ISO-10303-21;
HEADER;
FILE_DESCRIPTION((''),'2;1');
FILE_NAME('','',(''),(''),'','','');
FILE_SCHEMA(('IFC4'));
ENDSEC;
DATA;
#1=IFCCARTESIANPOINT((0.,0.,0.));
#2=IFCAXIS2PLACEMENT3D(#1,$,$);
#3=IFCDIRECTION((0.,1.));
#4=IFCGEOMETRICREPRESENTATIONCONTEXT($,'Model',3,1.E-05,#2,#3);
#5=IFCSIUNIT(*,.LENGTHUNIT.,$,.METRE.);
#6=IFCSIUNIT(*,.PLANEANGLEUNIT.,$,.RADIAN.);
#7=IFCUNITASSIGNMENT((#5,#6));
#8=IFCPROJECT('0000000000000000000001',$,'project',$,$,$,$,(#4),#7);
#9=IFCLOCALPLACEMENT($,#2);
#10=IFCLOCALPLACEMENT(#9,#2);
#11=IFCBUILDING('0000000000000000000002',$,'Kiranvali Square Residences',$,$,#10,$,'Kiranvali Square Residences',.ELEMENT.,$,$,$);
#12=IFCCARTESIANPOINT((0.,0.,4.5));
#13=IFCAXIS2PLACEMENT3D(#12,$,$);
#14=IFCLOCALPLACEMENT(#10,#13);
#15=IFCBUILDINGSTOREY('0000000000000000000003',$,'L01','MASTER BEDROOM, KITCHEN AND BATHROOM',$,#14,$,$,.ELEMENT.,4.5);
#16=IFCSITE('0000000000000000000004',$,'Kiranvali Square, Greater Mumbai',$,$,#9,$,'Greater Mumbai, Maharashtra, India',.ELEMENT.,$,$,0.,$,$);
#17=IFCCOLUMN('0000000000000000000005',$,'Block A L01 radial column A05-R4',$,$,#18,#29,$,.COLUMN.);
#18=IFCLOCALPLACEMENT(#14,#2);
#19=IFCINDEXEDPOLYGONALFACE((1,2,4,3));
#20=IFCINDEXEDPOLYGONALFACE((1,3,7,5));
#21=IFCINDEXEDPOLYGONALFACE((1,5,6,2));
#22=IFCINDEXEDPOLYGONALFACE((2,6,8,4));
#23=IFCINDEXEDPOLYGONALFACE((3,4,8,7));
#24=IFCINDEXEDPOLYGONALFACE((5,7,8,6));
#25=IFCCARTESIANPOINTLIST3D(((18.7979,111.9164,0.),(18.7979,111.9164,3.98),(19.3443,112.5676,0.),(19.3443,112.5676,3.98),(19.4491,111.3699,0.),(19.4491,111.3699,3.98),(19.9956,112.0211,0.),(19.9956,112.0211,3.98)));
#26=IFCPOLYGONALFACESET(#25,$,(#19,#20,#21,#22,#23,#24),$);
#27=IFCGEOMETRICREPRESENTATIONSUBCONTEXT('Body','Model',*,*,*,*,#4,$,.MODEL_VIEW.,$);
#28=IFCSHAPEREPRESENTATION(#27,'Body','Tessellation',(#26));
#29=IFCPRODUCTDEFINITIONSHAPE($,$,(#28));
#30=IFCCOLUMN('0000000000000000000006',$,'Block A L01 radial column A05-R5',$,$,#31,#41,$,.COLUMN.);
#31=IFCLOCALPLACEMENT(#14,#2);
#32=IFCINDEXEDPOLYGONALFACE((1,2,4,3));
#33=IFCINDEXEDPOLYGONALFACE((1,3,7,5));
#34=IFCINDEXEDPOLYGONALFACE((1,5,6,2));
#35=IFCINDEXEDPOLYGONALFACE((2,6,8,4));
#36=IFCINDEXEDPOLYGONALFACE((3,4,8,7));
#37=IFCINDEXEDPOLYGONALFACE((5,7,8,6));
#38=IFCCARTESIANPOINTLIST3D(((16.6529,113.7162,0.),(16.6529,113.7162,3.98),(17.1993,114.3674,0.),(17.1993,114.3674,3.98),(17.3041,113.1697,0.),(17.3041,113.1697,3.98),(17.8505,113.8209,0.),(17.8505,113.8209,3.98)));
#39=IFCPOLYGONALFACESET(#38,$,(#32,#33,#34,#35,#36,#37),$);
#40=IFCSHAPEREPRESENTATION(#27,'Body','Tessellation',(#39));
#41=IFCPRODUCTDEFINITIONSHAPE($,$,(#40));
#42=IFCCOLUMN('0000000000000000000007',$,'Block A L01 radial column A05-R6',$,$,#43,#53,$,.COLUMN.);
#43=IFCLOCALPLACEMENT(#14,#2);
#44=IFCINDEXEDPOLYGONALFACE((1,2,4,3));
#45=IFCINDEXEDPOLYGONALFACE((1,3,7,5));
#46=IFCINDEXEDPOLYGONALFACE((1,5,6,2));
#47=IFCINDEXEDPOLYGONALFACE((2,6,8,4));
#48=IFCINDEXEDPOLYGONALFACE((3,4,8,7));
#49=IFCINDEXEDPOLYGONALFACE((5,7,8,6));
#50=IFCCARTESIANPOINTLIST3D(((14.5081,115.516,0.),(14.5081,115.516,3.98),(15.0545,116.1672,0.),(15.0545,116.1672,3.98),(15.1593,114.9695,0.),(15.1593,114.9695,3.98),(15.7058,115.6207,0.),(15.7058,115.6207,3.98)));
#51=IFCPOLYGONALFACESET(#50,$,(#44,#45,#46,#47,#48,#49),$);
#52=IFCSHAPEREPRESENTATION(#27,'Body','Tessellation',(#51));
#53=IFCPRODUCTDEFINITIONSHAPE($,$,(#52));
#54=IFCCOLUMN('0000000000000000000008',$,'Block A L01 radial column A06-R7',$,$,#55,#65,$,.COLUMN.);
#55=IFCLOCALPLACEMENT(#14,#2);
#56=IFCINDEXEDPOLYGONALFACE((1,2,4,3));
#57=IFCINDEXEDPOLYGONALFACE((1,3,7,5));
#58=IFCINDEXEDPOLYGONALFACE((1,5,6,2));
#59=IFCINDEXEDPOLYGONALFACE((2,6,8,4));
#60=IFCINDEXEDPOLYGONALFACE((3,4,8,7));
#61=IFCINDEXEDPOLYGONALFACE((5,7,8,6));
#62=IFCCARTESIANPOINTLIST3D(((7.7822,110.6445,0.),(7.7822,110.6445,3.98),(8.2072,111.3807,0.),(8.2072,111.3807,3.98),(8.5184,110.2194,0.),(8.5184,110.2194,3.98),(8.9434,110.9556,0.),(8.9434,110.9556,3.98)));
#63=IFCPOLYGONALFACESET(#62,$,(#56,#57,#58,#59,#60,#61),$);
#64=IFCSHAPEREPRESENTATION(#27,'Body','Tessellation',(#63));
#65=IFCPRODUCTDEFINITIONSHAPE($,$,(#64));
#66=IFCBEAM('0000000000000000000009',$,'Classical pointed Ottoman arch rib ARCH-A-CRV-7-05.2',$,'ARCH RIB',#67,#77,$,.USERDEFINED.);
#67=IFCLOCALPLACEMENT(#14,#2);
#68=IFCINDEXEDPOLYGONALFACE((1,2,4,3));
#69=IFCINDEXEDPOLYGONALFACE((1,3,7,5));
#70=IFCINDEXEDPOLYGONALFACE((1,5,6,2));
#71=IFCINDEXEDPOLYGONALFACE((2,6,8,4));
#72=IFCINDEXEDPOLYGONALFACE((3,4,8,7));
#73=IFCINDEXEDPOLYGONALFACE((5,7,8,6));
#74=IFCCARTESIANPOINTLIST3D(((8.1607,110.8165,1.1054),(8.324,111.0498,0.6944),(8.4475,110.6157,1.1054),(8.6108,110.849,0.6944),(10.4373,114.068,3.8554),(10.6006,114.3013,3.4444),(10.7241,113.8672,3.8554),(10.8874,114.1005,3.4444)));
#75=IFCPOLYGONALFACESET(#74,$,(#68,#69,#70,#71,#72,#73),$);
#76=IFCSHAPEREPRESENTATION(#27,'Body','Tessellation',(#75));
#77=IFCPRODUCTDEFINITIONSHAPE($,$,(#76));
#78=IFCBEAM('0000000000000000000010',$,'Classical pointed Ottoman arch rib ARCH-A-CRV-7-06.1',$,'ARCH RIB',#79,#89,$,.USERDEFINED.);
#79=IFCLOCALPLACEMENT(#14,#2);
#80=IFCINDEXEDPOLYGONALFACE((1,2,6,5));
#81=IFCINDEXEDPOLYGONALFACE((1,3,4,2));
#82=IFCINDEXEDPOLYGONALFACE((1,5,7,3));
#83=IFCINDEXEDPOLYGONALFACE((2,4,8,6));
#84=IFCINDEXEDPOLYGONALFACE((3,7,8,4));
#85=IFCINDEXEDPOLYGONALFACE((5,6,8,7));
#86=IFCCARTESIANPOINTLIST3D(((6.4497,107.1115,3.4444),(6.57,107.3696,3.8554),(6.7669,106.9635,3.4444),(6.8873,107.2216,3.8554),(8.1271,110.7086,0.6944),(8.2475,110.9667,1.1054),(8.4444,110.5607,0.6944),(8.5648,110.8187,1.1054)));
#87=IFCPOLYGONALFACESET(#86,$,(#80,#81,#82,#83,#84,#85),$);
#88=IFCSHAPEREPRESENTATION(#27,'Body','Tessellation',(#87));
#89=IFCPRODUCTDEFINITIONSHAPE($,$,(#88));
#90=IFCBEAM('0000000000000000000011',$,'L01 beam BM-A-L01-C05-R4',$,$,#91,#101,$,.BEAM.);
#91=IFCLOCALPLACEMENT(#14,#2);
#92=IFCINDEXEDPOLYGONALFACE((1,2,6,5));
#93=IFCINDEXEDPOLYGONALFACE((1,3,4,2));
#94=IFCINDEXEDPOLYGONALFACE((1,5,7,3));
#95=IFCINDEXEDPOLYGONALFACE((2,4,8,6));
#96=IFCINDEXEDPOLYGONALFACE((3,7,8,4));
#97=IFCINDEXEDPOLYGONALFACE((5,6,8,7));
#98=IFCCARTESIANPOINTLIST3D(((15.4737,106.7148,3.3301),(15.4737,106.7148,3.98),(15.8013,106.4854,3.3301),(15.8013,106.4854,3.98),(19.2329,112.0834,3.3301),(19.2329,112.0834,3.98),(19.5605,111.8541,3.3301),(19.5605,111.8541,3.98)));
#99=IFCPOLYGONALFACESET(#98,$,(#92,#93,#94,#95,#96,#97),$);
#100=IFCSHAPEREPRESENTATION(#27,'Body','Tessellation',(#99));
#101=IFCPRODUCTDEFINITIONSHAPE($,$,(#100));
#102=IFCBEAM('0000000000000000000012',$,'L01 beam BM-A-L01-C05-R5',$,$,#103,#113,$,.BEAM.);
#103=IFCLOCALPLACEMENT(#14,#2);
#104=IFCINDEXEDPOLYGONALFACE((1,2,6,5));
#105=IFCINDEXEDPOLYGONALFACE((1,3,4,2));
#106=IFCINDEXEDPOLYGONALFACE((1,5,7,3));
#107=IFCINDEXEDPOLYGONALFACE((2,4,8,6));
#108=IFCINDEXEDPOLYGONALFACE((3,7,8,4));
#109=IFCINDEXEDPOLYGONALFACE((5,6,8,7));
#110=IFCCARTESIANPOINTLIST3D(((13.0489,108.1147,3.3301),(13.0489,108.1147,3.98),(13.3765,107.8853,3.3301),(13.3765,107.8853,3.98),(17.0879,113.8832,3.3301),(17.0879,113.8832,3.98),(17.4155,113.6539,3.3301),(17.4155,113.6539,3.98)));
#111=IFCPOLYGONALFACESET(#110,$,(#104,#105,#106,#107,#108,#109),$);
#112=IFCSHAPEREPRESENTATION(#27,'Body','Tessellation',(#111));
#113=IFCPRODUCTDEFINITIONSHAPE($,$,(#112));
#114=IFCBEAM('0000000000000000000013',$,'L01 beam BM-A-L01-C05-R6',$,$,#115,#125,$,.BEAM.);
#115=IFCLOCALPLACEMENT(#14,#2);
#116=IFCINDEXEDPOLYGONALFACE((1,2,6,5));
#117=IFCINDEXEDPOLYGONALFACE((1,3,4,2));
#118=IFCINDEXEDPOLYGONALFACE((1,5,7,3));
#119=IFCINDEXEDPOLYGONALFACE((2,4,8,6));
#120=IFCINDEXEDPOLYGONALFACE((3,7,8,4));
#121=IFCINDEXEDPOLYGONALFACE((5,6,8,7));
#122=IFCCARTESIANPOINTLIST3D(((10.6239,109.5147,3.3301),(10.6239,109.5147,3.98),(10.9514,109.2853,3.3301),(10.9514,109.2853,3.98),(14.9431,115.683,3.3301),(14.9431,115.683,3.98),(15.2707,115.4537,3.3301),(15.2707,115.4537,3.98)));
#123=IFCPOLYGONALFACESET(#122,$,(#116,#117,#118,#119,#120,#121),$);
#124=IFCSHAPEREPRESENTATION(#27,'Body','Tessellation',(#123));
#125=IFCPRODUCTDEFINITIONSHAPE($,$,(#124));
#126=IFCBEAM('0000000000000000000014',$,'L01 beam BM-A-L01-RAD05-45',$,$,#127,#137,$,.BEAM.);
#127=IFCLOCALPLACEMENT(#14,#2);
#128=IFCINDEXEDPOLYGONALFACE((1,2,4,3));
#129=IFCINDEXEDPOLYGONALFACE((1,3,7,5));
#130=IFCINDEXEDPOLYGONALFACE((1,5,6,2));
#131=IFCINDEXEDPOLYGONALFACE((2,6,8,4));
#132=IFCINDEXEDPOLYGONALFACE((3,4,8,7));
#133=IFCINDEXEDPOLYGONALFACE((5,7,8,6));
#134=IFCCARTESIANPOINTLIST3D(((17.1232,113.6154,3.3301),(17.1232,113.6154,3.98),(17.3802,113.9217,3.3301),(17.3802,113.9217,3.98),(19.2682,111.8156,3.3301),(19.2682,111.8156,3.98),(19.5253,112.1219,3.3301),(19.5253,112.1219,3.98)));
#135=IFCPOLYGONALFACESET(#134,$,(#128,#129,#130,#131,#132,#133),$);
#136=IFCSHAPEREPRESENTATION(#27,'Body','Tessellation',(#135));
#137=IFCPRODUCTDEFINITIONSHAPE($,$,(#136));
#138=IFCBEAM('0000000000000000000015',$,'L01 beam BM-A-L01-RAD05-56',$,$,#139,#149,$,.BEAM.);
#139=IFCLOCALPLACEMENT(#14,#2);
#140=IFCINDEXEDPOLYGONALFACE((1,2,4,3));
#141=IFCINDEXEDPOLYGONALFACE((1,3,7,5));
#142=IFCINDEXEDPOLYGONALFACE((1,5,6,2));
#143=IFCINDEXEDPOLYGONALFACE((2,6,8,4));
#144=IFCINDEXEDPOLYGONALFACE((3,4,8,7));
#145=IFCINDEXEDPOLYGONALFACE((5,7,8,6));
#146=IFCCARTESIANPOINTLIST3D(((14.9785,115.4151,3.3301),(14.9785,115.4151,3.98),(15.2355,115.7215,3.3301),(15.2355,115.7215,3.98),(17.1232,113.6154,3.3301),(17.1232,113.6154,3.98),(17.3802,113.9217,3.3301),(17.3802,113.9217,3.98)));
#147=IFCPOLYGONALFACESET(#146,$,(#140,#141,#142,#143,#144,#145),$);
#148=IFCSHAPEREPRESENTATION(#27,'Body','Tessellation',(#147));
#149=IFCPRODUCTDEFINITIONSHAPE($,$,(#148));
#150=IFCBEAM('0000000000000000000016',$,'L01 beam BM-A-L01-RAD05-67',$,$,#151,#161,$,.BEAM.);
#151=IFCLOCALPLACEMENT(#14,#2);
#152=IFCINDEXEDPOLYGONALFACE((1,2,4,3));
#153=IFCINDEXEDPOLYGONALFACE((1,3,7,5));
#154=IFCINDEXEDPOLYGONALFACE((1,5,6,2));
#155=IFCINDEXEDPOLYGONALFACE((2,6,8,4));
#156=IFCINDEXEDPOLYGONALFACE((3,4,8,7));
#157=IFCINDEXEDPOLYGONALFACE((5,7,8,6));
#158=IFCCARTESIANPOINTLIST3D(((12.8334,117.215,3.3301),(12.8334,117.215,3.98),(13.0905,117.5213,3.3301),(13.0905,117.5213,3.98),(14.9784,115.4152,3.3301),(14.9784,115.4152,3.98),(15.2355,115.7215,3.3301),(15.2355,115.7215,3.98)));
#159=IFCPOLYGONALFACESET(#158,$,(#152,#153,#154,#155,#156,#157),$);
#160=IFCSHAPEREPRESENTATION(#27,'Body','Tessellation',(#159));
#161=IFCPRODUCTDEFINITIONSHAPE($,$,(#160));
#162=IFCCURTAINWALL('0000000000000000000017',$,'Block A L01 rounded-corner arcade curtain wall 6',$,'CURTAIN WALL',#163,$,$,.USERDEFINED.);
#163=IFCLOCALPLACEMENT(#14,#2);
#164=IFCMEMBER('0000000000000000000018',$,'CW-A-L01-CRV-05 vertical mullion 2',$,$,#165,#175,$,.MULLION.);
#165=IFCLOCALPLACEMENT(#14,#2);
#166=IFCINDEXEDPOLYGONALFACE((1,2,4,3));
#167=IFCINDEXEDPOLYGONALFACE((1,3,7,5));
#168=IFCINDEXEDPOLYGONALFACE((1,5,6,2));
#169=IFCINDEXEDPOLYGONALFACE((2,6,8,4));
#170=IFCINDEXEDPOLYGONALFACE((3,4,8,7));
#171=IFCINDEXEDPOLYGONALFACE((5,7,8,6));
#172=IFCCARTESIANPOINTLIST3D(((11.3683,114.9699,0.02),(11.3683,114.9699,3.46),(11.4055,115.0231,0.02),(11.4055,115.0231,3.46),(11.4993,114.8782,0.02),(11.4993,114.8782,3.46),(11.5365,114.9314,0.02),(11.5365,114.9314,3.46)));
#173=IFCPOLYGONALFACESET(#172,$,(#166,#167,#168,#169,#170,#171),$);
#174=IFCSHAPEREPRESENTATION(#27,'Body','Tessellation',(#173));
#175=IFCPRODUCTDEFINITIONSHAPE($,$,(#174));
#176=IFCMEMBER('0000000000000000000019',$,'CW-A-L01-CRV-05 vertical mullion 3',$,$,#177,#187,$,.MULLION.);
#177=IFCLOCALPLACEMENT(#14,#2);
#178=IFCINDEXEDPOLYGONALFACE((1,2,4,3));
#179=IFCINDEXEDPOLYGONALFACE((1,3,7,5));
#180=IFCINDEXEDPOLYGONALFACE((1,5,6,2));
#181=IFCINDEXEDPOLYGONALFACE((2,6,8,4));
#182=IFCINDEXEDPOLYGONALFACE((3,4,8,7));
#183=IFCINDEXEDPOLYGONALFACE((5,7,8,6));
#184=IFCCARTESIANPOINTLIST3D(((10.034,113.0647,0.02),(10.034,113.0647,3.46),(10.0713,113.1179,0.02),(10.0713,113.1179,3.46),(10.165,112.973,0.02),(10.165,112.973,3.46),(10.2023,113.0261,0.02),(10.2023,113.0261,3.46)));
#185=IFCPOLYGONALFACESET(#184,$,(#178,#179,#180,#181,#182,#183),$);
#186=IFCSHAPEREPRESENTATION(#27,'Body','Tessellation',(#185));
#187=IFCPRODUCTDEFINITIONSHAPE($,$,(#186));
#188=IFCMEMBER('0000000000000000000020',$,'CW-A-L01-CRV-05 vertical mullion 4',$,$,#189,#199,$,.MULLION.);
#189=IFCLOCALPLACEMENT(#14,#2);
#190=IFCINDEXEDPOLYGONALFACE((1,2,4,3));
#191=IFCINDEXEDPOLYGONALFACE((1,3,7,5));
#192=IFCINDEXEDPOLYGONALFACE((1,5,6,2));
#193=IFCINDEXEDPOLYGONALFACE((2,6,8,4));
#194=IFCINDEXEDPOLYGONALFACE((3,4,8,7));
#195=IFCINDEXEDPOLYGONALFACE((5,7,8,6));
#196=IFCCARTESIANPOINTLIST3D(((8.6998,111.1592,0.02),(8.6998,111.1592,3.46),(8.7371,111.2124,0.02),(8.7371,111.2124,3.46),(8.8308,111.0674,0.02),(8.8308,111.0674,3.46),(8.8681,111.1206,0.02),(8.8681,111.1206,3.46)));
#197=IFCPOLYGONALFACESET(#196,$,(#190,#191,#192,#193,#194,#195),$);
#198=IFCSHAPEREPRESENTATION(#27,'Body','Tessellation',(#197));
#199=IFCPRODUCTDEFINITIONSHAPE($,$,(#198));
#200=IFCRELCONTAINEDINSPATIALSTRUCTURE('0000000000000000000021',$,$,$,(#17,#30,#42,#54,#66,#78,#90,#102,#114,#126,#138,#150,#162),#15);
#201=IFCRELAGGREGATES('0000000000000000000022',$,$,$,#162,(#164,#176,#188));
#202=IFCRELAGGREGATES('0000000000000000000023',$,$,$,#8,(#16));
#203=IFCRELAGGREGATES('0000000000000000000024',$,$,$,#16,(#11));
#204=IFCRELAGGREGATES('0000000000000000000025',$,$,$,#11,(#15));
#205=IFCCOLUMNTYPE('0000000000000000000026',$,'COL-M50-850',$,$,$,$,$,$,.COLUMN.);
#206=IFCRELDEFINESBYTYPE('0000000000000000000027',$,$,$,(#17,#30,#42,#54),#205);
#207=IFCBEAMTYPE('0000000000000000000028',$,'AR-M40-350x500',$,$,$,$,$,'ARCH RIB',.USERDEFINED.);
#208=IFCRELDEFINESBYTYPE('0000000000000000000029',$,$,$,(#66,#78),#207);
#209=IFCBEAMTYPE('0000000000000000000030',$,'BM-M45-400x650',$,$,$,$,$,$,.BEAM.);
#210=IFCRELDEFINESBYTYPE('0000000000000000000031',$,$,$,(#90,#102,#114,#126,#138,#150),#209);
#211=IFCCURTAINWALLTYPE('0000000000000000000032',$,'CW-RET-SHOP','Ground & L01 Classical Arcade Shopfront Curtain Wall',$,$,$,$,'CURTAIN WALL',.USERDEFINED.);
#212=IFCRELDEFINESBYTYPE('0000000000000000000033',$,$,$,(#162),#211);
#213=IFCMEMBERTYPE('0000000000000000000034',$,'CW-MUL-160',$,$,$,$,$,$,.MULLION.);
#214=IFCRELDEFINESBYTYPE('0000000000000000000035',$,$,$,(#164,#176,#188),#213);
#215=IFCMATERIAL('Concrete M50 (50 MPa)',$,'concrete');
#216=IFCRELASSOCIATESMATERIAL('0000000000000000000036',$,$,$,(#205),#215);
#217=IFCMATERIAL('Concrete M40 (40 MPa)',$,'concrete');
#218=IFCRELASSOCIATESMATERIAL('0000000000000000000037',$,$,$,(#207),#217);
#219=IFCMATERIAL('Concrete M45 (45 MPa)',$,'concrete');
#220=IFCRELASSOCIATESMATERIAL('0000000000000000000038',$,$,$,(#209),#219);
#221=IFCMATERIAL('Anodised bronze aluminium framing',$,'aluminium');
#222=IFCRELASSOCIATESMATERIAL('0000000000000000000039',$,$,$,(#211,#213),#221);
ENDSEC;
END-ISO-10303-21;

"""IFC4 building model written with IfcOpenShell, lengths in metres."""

from ifc_helpers import new_model, si_unit, direction, frame, origin, origin_2d, place, context, subcontext, project, spatial, rectangle, extrude, material, material_profile, profile_set, type_object, element, aggregate, save


model = new_model("IFC4")

# Units and contexts
model_context = context("Model", 3, precision=1e-05, world=origin(), true_north=direction((0.0, 1.0)))
body_context = subcontext(model_context, "Body", "Model", "MODEL_VIEW")
ifc_project = project(units=[si_unit("LENGTHUNIT", "METRE"), si_unit("PLANEANGLEUNIT", "RADIAN")], contexts=[model_context])

# Site, building, storey
site_placement = place(None, origin())
site = spatial("IfcSite", under=ifc_project, at=site_placement, Name="Kiranvali Square, Greater Mumbai", LongName="Greater Mumbai, Maharashtra, India", CompositionType="ELEMENT", RefElevation=0.0)
building_placement = place(site_placement, origin())
building = spatial("IfcBuilding", under=site, at=building_placement, Name="Kiranvali Square Residences", LongName="Kiranvali Square Residences", CompositionType="ELEMENT")
storey_placement = place(building_placement, frame((0.0, 0.0, 4.5)))
storey = spatial("IfcBuildingStorey", under=building, at=storey_placement, Name="L01", Description="MASTER BEDROOM, KITCHEN AND BATHROOM", CompositionType="ELEMENT", Elevation=4.5)

# Columns
ifc_material_1 = material(Name="Concrete M50 (50 MPa)", Category="concrete")
ifc_material_profile_1 = material_profile(ifc_material_1, rectangle(XDim=0.8501, YDim=0.8501, at=origin_2d()), Name="RC 850x850")
ifc_profile_set_1 = profile_set([ifc_material_profile_1], Name="Concrete M50 (50 MPa)")
column_type = type_object("IfcColumnType", Name="COL-M50-850", PredefinedType="COLUMN", material=ifc_profile_set_1)
for number, where, z_axis, x_axis, name in (
    (1, (19.3967, 111.9688, 0.0), (0.0, 0.0, 1.0), (0.642788, 0.766044, 0.0), "Block A L01 radial column A05-R4"),
    (2, (17.2517, 113.7686, 0.0), (0.0, 0.0, 1.0), (0.642788, 0.766044, 0.0), "Block A L01 radial column A05-R5"),
    (3, (15.1069, 115.5684, 0.0), (0.0, 0.0, 1.0), (0.642788, 0.766044, 0.0), "Block A L01 radial column A05-R6"),
    (4, (8.3628, 110.8, 0.0), (0.0, 0.0, 1.0), (0.5, 0.866025, 0.0), "Block A L01 radial column A06-R7"),
):
    element("IfcColumn", number, at=place(storey_placement, frame(where, z_axis=z_axis, x_axis=x_axis)), inside=storey, type_object=column_type, Name=name, PredefinedType="COLUMN", context=body_context, shape_type="SweptSolid", body=[
        extrude(rectangle(XDim=0.8501, YDim=0.8501, at=origin_2d()), origin(), (0.0, 0.0, 1.0), 3.98),
    ])

# Beams
ifc_material_2 = material(Name="Concrete M40 (40 MPa)", Category="concrete")
ifc_material_profile_2 = material_profile(ifc_material_2, rectangle(XDim=0.3501, YDim=0.5, at=origin_2d()), Name="RC 350x500")
ifc_profile_set_2 = profile_set([ifc_material_profile_2], Name="Concrete M40 (40 MPa)")
beam_type_1 = type_object("IfcBeamType", Name="AR-M40-350x500", ElementType="ARCH RIB", PredefinedType="USERDEFINED", material=ifc_profile_set_2)
beam_1_placement = place(storey_placement, frame((10.6624, 114.0842, 3.6499), z_axis=(-0.471463, -0.673346, -0.569498), x_axis=(0.819163, -0.573561, 0.0)))
element("IfcBeam", 5, at=beam_1_placement, inside=storey, type_object=beam_type_1, Name="Classical pointed Ottoman arch rib ARCH-A-CRV-7-05.2", ObjectType="ARCH RIB", PredefinedType="USERDEFINED", context=body_context, shape_type="SweptSolid", body=[
    extrude(rectangle(XDim=0.3501, YDim=0.5, at=origin_2d()), origin(), (0.0, 0.0, 1.0), 4.8289),
])
beam_2_placement = place(storey_placement, frame((8.3459, 110.7637, 0.8999), z_axis=(-0.347402, -0.74496, 0.569515), x_axis=(0.906298, -0.42264, 0.0)))
element("IfcBeam", 6, at=beam_2_placement, inside=storey, type_object=beam_type_1, Name="Classical pointed Ottoman arch rib ARCH-A-CRV-7-06.1", ObjectType="ARCH RIB", PredefinedType="USERDEFINED", context=body_context, shape_type="SweptSolid", body=[
    extrude(rectangle(XDim=0.3501, YDim=0.5, at=origin_2d()), origin(), (0.0, 0.0, 1.0), 4.8286),
])
ifc_material_3 = material(Name="Concrete M45 (45 MPa)", Category="concrete")
ifc_material_profile_3 = material_profile(ifc_material_3, rectangle(XDim=0.3999, YDim=0.6499, at=origin_2d()), Name="RC 400x650")
ifc_profile_set_3 = profile_set([ifc_material_profile_3], Name="Concrete M45 (45 MPa)")
beam_type_2 = type_object("IfcBeamType", Name="BM-M45-400x650", PredefinedType="BEAM", material=ifc_profile_set_3)
beam_3_placement = place(storey_placement, frame((19.3967, 111.9688, 3.655), z_axis=(-0.573587, -0.819144, 0.0), x_axis=(0.819144, -0.573587, 0.0)))
element("IfcBeam", 7, at=beam_3_placement, inside=storey, type_object=beam_type_2, Name="L01 beam BM-A-L01-C05-R4", PredefinedType="BEAM", context=body_context, shape_type="SweptSolid", body=[
    extrude(rectangle(XDim=0.3999, YDim=0.6499, at=origin_2d()), origin(), (0.0, 0.0, 1.0), 6.554),
])
beam_4_placement = place(storey_placement, frame((17.2517, 113.7686, 3.655), z_axis=(-0.573565, -0.81916, 0.0), x_axis=(0.81916, -0.573565, 0.0)))
element("IfcBeam", 8, at=beam_4_placement, inside=storey, type_object=beam_type_2, Name="L01 beam BM-A-L01-C05-R5", PredefinedType="BEAM", context=body_context, shape_type="SweptSolid", body=[
    extrude(rectangle(XDim=0.3999, YDim=0.6499, at=origin_2d()), origin(), (0.0, 0.0, 1.0), 7.042),
])
beam_5_placement = place(storey_placement, frame((15.1069, 115.5684, 3.655), z_axis=(-0.573589, -0.819144, 0.0), x_axis=(0.819144, -0.573589, 0.0)))
element("IfcBeam", 9, at=beam_5_placement, inside=storey, type_object=beam_type_2, Name="L01 beam BM-A-L01-C05-R6", PredefinedType="BEAM", context=body_context, shape_type="SweptSolid", body=[
    extrude(rectangle(XDim=0.3999, YDim=0.6499, at=origin_2d()), origin(), (0.0, 0.0, 1.0), 7.5303),
])
beam_6_placement = place(storey_placement, frame((19.3967, 111.9688, 3.655), z_axis=(-0.766059, 0.642771, 0.0), x_axis=(-0.642771, -0.766059, 0.0)))
element("IfcBeam", 10, at=beam_6_placement, inside=storey, type_object=beam_type_2, Name="L01 beam BM-A-L01-RAD05-45", PredefinedType="BEAM", context=body_context, shape_type="SweptSolid", body=[
    extrude(rectangle(XDim=0.3999, YDim=0.6499, at=origin_2d()), origin(), (0.0, 0.0, 1.0), 2.8),
])
beam_7_placement = place(storey_placement, frame((17.2517, 113.7686, 3.655), z_axis=(-0.766023, 0.642814, 0.0), x_axis=(-0.642814, -0.766023, 0.0)))
element("IfcBeam", 11, at=beam_7_placement, inside=storey, type_object=beam_type_2, Name="L01 beam BM-A-L01-RAD05-56", PredefinedType="BEAM", context=body_context, shape_type="SweptSolid", body=[
    extrude(rectangle(XDim=0.3999, YDim=0.6499, at=origin_2d()), origin(), (0.0, 0.0, 1.0), 2.7998),
])
beam_8_placement = place(storey_placement, frame((15.1069, 115.5684, 3.655), z_axis=(-0.766059, 0.642771, 0.0), x_axis=(-0.642771, -0.766059, 0.0)))
element("IfcBeam", 12, at=beam_8_placement, inside=storey, type_object=beam_type_2, Name="L01 beam BM-A-L01-RAD05-67", PredefinedType="BEAM", context=body_context, shape_type="SweptSolid", body=[
    extrude(rectangle(XDim=0.3999, YDim=0.6499, at=origin_2d()), origin(), (0.0, 0.0, 1.0), 2.8),
])

# Curtain wall, members
ifc_material_4 = material(Name="Anodised bronze aluminium framing", Category="aluminium")
curtain_wall_type = type_object("IfcCurtainWallType", Name="CW-RET-SHOP", Description="Ground & L01 Classical Arcade Shopfront Curtain Wall", ElementType="CURTAIN WALL", PredefinedType="USERDEFINED", material=ifc_material_4)
curtain_wall_1_placement = place(storey_placement, origin())
curtain_wall_1 = element("IfcCurtainWall", 13, at=curtain_wall_1_placement, inside=storey, type_object=curtain_wall_type, Name="Block A L01 rounded-corner arcade curtain wall 6", ObjectType="CURTAIN WALL", PredefinedType="USERDEFINED")
ifc_material_profile_4 = material_profile(ifc_material_4, rectangle(XDim=0.0649, YDim=0.1599, at=origin_2d()), Name="ALU 65x160")
ifc_profile_set_4 = profile_set([ifc_material_profile_4], Name="Anodised bronze aluminium framing")
member_type_1 = type_object("IfcMemberType", Name="CW-MUL-160", PredefinedType="MULLION", material=ifc_profile_set_4)
member_1_placement = place(storey_placement, frame((11.4524, 114.9507, 0.02), z_axis=(0.0, 0.0, 1.0), x_axis=(-0.573576, -0.819152, 0.0)))
member_1 = element("IfcMember", 14, at=member_1_placement, type_object=member_type_1, Name="CW-A-L01-CRV-05 vertical mullion 2", PredefinedType="MULLION", context=body_context, shape_type="SweptSolid", body=[
    extrude(rectangle(XDim=0.0649, YDim=0.1599, at=origin_2d()), origin(), (0.0, 0.0, 1.0), 3.4399),
])
member_2_placement = place(storey_placement, frame((10.1182, 113.0454, 0.02), z_axis=(0.0, 0.0, 1.0), x_axis=(-0.573576, -0.819152, 0.0)))
member_2 = element("IfcMember", 15, at=member_2_placement, type_object=member_type_1, Name="CW-A-L01-CRV-05 vertical mullion 3", PredefinedType="MULLION", context=body_context, shape_type="SweptSolid", body=[
    extrude(rectangle(XDim=0.0649, YDim=0.1599, at=origin_2d()), origin(), (0.0, 0.0, 1.0), 3.4399),
])
member_3_placement = place(storey_placement, frame((8.7839, 111.1399, 0.02), z_axis=(0.0, 0.0, 1.0), x_axis=(-0.573576, -0.819152, 0.0)))
member_3 = element("IfcMember", 16, at=member_3_placement, type_object=member_type_1, Name="CW-A-L01-CRV-05 vertical mullion 4", PredefinedType="MULLION", context=body_context, shape_type="SweptSolid", body=[
    extrude(rectangle(XDim=0.0649, YDim=0.1599, at=origin_2d()), origin(), (0.0, 0.0, 1.0), 3.4399),
])

aggregate(curtain_wall_1, [member_1, member_2, member_3])

save(model, "model.ifc")
